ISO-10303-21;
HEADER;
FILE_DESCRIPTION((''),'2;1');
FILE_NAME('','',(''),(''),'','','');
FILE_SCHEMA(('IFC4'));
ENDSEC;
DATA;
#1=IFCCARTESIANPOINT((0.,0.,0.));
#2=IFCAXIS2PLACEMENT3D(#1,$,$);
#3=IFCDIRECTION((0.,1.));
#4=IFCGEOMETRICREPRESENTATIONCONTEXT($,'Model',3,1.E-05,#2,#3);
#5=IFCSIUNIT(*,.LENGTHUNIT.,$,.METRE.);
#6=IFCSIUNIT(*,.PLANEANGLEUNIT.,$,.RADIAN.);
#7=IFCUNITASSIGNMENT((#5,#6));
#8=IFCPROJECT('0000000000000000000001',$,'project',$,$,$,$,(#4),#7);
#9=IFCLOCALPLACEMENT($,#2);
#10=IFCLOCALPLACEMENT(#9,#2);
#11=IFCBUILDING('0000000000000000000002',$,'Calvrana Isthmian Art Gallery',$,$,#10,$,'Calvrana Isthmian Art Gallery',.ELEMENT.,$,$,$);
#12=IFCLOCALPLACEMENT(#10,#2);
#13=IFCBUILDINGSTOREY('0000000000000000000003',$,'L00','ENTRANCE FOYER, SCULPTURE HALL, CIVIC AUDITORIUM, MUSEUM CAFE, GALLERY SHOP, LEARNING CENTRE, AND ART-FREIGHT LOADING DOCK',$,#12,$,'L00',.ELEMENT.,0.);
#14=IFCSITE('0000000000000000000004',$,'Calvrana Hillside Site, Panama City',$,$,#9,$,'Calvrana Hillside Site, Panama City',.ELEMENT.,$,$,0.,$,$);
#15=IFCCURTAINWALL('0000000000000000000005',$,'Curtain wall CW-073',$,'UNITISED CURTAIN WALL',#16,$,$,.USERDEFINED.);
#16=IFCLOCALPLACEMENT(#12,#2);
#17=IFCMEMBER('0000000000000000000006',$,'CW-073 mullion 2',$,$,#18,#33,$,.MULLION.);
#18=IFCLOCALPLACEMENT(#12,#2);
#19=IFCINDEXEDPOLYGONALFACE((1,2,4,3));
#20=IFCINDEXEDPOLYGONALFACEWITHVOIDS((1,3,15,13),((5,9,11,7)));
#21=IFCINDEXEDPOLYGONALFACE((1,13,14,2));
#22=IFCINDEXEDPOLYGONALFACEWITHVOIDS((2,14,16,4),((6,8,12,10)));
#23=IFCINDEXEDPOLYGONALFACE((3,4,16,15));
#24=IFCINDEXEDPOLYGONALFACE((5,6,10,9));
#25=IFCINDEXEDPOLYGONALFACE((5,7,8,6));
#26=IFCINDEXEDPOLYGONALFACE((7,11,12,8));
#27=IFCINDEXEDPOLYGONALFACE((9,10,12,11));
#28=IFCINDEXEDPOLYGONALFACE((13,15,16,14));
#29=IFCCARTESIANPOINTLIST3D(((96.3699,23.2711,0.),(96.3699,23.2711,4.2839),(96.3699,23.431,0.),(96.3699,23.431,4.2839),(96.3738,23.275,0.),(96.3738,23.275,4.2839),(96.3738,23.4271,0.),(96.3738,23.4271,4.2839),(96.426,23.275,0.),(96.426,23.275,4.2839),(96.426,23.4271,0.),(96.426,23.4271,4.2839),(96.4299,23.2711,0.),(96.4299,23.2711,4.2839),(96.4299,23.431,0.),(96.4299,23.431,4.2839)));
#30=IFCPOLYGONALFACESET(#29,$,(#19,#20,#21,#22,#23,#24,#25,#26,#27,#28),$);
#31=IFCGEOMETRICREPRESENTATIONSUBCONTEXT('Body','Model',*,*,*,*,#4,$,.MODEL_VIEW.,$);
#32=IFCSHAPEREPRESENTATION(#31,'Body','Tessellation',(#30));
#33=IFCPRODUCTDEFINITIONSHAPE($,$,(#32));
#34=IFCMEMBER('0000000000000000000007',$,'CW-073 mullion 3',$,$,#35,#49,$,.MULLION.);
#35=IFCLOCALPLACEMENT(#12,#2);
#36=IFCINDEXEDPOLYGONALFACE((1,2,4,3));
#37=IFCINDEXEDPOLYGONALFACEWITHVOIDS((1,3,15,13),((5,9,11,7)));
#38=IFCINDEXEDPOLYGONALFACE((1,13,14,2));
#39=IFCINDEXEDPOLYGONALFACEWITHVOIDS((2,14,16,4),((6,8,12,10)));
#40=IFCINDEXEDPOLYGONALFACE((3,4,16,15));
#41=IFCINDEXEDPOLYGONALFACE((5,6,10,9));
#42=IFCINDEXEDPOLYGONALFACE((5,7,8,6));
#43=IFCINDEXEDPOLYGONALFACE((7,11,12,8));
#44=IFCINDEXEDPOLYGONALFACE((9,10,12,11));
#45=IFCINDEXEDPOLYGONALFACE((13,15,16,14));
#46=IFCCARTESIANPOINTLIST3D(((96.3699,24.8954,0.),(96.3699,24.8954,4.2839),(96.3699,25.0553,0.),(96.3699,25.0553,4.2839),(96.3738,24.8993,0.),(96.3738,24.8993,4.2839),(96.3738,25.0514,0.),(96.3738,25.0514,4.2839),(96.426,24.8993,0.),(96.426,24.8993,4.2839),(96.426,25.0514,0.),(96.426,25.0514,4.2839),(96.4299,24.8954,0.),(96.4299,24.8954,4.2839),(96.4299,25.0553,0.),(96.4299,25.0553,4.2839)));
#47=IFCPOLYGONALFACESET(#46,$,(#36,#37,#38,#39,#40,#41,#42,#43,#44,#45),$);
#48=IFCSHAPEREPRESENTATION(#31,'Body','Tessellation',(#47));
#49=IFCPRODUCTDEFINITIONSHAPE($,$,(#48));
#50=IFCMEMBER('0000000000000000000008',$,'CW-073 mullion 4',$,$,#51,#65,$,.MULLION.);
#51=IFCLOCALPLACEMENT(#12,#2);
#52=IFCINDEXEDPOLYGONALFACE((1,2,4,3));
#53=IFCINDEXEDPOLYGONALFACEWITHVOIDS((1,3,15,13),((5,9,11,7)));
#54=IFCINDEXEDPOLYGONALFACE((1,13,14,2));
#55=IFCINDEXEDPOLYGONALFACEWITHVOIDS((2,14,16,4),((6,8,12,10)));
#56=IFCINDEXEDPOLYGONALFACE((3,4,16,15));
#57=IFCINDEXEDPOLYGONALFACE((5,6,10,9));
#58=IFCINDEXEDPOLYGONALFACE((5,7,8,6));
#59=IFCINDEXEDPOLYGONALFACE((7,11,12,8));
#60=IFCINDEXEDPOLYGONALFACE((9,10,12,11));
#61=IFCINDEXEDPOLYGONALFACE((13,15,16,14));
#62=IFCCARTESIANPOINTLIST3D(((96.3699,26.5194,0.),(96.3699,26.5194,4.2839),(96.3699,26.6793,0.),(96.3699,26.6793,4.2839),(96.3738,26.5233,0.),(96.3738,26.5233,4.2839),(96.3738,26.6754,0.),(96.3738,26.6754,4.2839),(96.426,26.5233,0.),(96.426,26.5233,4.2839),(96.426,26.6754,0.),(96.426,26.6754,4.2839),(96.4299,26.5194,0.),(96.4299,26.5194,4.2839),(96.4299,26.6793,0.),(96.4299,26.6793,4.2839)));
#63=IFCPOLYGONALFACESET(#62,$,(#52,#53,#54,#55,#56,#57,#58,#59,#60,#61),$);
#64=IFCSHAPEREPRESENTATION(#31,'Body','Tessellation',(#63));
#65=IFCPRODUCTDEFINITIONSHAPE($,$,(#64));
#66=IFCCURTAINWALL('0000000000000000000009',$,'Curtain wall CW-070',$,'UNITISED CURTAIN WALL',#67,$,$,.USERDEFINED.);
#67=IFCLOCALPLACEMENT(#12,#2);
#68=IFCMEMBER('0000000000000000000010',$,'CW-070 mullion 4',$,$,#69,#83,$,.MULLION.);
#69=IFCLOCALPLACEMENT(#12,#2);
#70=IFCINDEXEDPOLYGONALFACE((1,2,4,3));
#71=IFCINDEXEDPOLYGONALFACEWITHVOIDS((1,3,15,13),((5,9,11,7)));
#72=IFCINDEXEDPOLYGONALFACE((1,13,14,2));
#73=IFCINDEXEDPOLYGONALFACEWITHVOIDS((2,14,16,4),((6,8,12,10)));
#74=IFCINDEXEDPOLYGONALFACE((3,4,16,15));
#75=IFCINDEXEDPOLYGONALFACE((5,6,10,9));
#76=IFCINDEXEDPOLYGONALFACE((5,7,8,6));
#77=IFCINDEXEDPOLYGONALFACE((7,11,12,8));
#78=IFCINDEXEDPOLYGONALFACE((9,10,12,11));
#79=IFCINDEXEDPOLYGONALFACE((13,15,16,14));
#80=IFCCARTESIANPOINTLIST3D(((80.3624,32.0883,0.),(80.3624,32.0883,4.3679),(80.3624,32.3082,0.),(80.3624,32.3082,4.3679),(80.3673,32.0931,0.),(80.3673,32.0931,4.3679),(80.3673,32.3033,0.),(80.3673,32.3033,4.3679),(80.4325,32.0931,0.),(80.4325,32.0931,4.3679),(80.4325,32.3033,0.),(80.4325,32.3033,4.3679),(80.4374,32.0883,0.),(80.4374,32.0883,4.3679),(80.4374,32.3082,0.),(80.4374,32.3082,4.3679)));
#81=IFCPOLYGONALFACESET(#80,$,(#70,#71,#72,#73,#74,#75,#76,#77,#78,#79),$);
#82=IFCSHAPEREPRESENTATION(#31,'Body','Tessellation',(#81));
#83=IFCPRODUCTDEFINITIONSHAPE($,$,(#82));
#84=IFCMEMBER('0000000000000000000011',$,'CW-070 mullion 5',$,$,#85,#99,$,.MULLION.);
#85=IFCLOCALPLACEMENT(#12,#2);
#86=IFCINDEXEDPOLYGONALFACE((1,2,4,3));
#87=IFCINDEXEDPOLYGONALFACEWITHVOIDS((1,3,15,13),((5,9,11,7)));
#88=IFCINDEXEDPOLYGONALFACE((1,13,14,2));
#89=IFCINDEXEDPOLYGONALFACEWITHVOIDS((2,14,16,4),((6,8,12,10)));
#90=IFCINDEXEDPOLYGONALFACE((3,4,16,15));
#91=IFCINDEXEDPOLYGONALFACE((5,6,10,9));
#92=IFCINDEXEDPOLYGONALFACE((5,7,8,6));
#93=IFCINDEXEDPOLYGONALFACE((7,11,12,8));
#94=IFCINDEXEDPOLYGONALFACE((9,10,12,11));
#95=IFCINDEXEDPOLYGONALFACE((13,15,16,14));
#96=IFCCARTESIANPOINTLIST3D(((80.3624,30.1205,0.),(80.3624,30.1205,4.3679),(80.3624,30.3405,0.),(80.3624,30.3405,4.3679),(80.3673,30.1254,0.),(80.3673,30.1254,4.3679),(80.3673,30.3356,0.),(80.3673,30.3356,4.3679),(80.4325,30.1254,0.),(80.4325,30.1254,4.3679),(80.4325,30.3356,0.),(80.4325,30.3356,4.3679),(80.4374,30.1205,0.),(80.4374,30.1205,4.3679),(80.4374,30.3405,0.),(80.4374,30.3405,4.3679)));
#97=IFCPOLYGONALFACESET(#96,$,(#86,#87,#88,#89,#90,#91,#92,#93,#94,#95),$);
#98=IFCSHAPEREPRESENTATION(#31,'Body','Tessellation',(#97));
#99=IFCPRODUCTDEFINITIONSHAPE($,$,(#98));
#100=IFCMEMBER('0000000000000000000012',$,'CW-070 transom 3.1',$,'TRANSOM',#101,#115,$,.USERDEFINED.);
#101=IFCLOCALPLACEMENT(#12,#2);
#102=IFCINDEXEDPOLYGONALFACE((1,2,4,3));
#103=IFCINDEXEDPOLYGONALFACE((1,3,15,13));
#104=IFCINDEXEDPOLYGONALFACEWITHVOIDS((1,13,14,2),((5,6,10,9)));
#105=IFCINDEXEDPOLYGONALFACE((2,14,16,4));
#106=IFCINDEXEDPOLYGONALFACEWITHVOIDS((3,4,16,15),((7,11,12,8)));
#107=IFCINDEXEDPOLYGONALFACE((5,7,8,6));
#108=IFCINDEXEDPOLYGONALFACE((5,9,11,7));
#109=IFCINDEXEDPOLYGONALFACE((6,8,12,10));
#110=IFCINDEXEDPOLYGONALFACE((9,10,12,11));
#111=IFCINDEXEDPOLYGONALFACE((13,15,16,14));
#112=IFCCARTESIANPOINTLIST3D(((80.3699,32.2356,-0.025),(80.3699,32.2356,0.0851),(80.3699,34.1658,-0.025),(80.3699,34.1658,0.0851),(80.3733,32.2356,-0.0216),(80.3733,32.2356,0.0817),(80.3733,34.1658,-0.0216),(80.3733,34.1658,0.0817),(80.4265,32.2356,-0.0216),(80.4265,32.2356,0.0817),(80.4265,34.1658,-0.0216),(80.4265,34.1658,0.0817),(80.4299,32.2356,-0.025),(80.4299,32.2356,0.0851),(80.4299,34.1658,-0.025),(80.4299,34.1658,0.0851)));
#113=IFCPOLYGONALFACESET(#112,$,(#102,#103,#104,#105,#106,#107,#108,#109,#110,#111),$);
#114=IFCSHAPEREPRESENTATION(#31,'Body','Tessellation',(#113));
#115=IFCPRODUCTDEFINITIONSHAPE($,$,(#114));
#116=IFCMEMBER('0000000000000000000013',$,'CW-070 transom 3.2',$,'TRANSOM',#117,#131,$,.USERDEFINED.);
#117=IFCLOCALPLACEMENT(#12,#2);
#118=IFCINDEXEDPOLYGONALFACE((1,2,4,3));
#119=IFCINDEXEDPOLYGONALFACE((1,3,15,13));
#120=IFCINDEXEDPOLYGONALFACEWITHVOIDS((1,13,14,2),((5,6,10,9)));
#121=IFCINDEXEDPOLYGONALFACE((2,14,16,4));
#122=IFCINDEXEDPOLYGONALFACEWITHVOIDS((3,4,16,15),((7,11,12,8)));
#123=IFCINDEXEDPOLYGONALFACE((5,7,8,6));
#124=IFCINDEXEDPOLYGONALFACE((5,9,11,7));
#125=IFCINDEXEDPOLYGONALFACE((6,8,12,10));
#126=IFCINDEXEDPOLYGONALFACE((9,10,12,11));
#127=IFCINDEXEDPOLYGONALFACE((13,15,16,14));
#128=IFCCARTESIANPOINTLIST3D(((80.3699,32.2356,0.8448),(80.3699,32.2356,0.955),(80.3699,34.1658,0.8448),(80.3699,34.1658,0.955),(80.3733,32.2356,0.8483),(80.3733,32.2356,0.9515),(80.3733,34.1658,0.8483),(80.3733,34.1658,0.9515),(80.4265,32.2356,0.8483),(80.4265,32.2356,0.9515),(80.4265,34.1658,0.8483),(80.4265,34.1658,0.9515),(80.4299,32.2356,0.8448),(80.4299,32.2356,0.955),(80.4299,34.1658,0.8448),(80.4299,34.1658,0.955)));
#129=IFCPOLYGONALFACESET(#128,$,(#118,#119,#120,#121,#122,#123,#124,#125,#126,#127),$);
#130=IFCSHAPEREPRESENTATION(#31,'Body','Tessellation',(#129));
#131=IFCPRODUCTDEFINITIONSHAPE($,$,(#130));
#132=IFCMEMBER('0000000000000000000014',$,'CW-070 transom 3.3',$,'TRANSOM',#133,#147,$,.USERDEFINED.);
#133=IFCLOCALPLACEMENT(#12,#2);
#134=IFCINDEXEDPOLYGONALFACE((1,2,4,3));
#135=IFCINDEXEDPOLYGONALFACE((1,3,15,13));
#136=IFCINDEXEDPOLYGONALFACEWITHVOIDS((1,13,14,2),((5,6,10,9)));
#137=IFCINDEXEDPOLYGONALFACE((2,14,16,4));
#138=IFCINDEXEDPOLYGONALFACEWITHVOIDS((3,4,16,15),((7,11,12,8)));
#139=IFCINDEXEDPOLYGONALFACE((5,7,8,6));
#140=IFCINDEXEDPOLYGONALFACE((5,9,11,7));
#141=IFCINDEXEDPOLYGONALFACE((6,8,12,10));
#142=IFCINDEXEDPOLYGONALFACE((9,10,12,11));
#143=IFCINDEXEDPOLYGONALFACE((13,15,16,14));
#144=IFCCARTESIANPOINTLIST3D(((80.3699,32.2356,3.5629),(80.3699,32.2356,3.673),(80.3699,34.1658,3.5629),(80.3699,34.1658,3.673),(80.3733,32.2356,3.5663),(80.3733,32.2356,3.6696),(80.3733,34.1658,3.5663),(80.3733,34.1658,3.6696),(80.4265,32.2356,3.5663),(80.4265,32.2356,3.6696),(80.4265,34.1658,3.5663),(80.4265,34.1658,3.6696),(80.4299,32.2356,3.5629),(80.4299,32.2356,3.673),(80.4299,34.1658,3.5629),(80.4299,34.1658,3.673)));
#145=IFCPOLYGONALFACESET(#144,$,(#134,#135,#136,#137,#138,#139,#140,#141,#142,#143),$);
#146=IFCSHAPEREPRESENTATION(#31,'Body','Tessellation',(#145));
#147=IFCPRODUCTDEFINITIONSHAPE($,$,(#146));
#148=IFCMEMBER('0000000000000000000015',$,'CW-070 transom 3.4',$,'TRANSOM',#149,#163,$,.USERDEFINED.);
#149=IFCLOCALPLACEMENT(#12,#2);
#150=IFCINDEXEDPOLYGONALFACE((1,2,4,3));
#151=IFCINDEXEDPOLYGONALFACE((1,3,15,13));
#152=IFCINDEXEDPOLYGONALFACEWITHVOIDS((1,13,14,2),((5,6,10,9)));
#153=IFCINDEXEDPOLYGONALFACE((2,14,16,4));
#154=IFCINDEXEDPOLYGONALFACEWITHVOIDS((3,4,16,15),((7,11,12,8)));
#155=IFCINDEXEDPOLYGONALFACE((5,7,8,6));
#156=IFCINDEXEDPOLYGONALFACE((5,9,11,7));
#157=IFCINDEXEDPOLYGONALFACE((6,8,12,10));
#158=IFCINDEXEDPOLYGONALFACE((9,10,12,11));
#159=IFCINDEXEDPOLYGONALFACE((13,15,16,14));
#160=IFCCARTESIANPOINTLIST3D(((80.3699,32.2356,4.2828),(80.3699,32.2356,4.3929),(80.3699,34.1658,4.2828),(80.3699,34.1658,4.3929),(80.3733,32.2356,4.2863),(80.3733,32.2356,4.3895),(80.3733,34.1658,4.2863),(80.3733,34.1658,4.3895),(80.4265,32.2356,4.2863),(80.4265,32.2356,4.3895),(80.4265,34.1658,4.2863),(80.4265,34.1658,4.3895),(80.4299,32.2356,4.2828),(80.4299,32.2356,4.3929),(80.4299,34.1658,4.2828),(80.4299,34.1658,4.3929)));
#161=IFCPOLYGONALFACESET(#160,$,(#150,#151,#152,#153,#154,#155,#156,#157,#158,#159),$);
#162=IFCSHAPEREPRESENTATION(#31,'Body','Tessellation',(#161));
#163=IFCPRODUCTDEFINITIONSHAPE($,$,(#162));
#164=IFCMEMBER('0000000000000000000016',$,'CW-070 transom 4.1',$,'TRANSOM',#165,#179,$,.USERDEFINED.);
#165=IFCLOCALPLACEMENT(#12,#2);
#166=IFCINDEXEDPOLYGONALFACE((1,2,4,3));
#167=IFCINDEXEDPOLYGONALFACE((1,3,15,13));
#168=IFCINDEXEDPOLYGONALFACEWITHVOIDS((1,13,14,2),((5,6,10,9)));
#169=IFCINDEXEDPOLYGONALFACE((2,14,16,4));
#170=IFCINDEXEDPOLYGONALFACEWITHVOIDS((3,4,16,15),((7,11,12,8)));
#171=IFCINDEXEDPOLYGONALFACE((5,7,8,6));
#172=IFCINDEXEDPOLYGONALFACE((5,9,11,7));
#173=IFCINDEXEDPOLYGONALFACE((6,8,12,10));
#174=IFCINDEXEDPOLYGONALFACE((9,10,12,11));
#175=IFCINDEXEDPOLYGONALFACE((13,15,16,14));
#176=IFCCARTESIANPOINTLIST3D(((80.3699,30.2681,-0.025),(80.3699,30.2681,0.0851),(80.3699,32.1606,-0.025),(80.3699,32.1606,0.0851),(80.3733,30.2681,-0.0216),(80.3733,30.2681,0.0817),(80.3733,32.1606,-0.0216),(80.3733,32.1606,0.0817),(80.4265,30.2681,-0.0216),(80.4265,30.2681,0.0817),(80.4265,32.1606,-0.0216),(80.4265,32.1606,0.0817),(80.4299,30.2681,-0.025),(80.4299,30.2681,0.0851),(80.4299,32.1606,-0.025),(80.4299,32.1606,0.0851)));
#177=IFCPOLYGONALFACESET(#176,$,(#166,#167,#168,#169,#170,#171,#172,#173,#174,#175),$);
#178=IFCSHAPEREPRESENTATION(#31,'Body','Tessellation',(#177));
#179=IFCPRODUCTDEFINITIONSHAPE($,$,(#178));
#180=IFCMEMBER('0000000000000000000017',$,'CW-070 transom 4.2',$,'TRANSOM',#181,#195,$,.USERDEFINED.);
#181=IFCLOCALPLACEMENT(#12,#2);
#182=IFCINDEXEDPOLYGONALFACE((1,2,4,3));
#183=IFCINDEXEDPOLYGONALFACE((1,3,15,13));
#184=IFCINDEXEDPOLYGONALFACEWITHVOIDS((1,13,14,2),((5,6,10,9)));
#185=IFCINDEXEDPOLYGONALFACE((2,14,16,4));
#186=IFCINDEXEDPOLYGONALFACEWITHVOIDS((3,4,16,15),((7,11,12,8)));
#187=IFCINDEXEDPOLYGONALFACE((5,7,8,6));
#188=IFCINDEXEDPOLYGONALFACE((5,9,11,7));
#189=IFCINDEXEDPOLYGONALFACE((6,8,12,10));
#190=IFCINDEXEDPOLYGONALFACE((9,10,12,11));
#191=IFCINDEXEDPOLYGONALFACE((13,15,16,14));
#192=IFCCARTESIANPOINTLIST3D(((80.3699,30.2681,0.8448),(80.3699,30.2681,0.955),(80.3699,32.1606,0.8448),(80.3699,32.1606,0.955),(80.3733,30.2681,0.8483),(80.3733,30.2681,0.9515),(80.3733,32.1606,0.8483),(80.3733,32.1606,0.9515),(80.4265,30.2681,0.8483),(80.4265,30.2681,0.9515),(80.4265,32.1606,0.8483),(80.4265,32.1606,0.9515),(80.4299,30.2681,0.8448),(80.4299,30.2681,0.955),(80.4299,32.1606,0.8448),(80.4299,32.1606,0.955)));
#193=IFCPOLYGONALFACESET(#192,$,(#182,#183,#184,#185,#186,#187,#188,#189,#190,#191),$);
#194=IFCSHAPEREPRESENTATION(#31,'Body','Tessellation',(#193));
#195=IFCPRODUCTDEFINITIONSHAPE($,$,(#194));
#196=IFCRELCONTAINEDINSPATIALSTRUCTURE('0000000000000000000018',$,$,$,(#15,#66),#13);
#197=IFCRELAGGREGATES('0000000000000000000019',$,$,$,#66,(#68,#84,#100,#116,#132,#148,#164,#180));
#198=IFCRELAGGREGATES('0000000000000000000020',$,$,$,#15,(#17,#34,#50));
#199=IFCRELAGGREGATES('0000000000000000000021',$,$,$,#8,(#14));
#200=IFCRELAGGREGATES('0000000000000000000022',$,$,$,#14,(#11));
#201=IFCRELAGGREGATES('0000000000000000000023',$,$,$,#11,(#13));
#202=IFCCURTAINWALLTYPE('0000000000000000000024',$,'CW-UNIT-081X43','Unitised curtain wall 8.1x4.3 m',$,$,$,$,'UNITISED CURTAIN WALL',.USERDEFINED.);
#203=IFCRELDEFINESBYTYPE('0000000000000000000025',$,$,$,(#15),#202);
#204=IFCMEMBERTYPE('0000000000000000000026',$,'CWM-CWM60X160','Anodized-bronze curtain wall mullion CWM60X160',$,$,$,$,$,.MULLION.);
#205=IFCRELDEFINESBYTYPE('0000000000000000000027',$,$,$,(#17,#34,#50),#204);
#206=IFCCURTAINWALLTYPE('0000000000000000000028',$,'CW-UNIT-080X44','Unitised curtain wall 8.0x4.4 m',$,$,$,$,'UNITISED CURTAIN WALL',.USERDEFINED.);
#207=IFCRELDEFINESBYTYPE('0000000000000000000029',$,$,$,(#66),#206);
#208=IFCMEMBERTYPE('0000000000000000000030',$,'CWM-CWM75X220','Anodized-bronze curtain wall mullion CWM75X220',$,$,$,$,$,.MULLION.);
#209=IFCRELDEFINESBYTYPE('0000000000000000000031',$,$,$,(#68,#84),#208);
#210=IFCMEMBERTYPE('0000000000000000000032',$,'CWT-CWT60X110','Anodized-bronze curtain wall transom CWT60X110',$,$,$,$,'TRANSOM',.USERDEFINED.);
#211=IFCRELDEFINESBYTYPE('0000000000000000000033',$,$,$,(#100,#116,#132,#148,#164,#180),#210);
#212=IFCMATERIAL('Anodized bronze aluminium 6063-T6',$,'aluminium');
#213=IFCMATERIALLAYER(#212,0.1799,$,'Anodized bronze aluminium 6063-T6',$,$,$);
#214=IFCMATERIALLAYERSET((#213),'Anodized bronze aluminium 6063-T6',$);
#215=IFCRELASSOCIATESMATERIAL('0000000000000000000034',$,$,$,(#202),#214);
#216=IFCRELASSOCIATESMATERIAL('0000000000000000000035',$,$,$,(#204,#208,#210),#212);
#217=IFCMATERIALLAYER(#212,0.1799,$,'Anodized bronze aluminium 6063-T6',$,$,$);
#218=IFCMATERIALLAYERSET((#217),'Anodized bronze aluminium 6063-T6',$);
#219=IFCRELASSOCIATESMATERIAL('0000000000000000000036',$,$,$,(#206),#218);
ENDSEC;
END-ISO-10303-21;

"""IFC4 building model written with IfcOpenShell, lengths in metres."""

from ifc_helpers import new_model, si_unit, direction, frame, origin, origin_2d, place, context, subcontext, project, spatial, hollow_rectangle, extrude, material, layer, layer_set, material_profile, profile_set, type_object, element, aggregate, save


model = new_model("IFC4")

# Units and contexts
model_context = context("Model", 3, precision=1e-05, world=origin(), true_north=direction((0.0, 1.0)))
body_context = subcontext(model_context, "Body", "Model", "MODEL_VIEW")
ifc_project = project(units=[si_unit("LENGTHUNIT", "METRE"), si_unit("PLANEANGLEUNIT", "RADIAN")], contexts=[model_context])

# Site, building, storey
site_placement = place(None, origin())
site = spatial("IfcSite", under=ifc_project, at=site_placement, Name="Calvrana Hillside Site, Panama City", LongName="Calvrana Hillside Site, Panama City", CompositionType="ELEMENT", RefElevation=0.0)
building_placement = place(site_placement, origin())
building = spatial("IfcBuilding", under=site, at=building_placement, Name="Calvrana Isthmian Art Gallery", LongName="Calvrana Isthmian Art Gallery", CompositionType="ELEMENT")
storey_placement = place(building_placement, origin())
storey = spatial("IfcBuildingStorey", under=building, at=storey_placement, Name="L00", Description="ENTRANCE FOYER, SCULPTURE HALL, CIVIC AUDITORIUM, MUSEUM CAFE, GALLERY SHOP, LEARNING CENTRE, AND ART-FREIGHT LOADING DOCK", LongName="L00", CompositionType="ELEMENT", Elevation=0.0)

# Curtain walls, members
ifc_material_1 = material(Name="Anodized bronze aluminium 6063-T6", Category="aluminium")
ifc_layer_1 = layer(ifc_material_1, 0.1799, Name="Anodized bronze aluminium 6063-T6")
ifc_layer_set_1 = layer_set([ifc_layer_1], Name="Anodized bronze aluminium 6063-T6")
curtain_wall_type_1 = type_object("IfcCurtainWallType", Name="CW-UNIT-081X43", Description="Unitised curtain wall 8.1x4.3 m", ElementType="UNITISED CURTAIN WALL", PredefinedType="USERDEFINED", material=ifc_layer_set_1)
curtain_wall_1_placement = place(storey_placement, origin())
curtain_wall_1 = element("IfcCurtainWall", 1, at=curtain_wall_1_placement, inside=storey, type_object=curtain_wall_type_1, Name="Curtain wall CW-073", ObjectType="UNITISED CURTAIN WALL", PredefinedType="USERDEFINED")
ifc_material_profile_1 = material_profile(ifc_material_1, hollow_rectangle(XDim=0.0601, YDim=0.1599, WallThickness=0.0039, at=origin_2d()), Name="CWM60X160")
ifc_profile_set_1 = profile_set([ifc_material_profile_1], Name="Anodized bronze aluminium 6063-T6")
member_type_1 = type_object("IfcMemberType", Name="CWM-CWM60X160", Description="Anodized-bronze curtain wall mullion CWM60X160", PredefinedType="MULLION", material=ifc_profile_set_1)
member_1_placement = place(storey_placement, frame((96.3999, 23.3511, 0.0), z_axis=(0.0, 0.0, 1.0), x_axis=(-1.0, 0.0, 0.0)))
member_1 = element("IfcMember", 2, at=member_1_placement, type_object=member_type_1, Name="CW-073 mullion 2", PredefinedType="MULLION", context=body_context, shape_type="SweptSolid", body=[
    extrude(hollow_rectangle(XDim=0.0601, YDim=0.1599, WallThickness=0.0039, at=origin_2d()), origin(), (0.0, 0.0, 1.0), 4.2839),
])
member_2_placement = place(storey_placement, frame((96.3999, 24.9753, 0.0), z_axis=(0.0, 0.0, 1.0), x_axis=(-1.0, 0.0, 0.0)))
member_2 = element("IfcMember", 3, at=member_2_placement, type_object=member_type_1, Name="CW-073 mullion 3", PredefinedType="MULLION", context=body_context, shape_type="SweptSolid", body=[
    extrude(hollow_rectangle(XDim=0.0601, YDim=0.1599, WallThickness=0.0039, at=origin_2d()), origin(), (0.0, 0.0, 1.0), 4.2839),
])
member_3_placement = place(storey_placement, frame((96.3999, 26.5994, 0.0), z_axis=(0.0, 0.0, 1.0), x_axis=(-1.0, 0.0, 0.0)))
member_3 = element("IfcMember", 4, at=member_3_placement, type_object=member_type_1, Name="CW-073 mullion 4", PredefinedType="MULLION", context=body_context, shape_type="SweptSolid", body=[
    extrude(hollow_rectangle(XDim=0.0601, YDim=0.1599, WallThickness=0.0039, at=origin_2d()), origin(), (0.0, 0.0, 1.0), 4.2839),
])
ifc_layer_2 = layer(ifc_material_1, 0.1799, Name="Anodized bronze aluminium 6063-T6")
ifc_layer_set_2 = layer_set([ifc_layer_2], Name="Anodized bronze aluminium 6063-T6")
curtain_wall_type_2 = type_object("IfcCurtainWallType", Name="CW-UNIT-080X44", Description="Unitised curtain wall 8.0x4.4 m", ElementType="UNITISED CURTAIN WALL", PredefinedType="USERDEFINED", material=ifc_layer_set_2)
curtain_wall_2_placement = place(storey_placement, origin())
curtain_wall_2 = element("IfcCurtainWall", 5, at=curtain_wall_2_placement, inside=storey, type_object=curtain_wall_type_2, Name="Curtain wall CW-070", ObjectType="UNITISED CURTAIN WALL", PredefinedType="USERDEFINED")
ifc_material_profile_2 = material_profile(ifc_material_1, hollow_rectangle(XDim=0.075, YDim=0.22, WallThickness=0.0049, at=origin_2d()), Name="CWM75X220")
ifc_profile_set_2 = profile_set([ifc_material_profile_2], Name="Anodized bronze aluminium 6063-T6")
member_type_2 = type_object("IfcMemberType", Name="CWM-CWM75X220", Description="Anodized-bronze curtain wall mullion CWM75X220", PredefinedType="MULLION", material=ifc_profile_set_2)
member_4_placement = place(storey_placement, frame((80.3999, 32.1982, 0.0), z_axis=(0.0, 0.0, 1.0), x_axis=(1.0, 0.0, 0.0)))
member_4 = element("IfcMember", 6, at=member_4_placement, type_object=member_type_2, Name="CW-070 mullion 4", PredefinedType="MULLION", context=body_context, shape_type="SweptSolid", body=[
    extrude(hollow_rectangle(XDim=0.075, YDim=0.22, WallThickness=0.0049, at=origin_2d()), origin(), (0.0, 0.0, 1.0), 4.3679),
])
member_5_placement = place(storey_placement, frame((80.3999, 30.2305, 0.0), z_axis=(0.0, 0.0, 1.0), x_axis=(1.0, 0.0, 0.0)))
member_5 = element("IfcMember", 7, at=member_5_placement, type_object=member_type_2, Name="CW-070 mullion 5", PredefinedType="MULLION", context=body_context, shape_type="SweptSolid", body=[
    extrude(hollow_rectangle(XDim=0.075, YDim=0.22, WallThickness=0.0049, at=origin_2d()), origin(), (0.0, 0.0, 1.0), 4.3679),
])
ifc_material_profile_3 = material_profile(ifc_material_1, hollow_rectangle(XDim=0.0601, YDim=0.1101, WallThickness=0.0034, at=origin_2d()), Name="CWT60X110")
ifc_profile_set_3 = profile_set([ifc_material_profile_3], Name="Anodized bronze aluminium 6063-T6")
member_type_3 = type_object("IfcMemberType", Name="CWT-CWT60X110", Description="Anodized-bronze curtain wall transom CWT60X110", ElementType="TRANSOM", PredefinedType="USERDEFINED", material=ifc_profile_set_3)
member_6_placement = place(storey_placement, frame((80.3999, 34.1658, 0.03), z_axis=(0.0, -1.0, 0.0), x_axis=(1.0, 0.0, 0.0)))
member_6 = element("IfcMember", 8, at=member_6_placement, type_object=member_type_3, Name="CW-070 transom 3.1", ObjectType="TRANSOM", PredefinedType="USERDEFINED", context=body_context, shape_type="SweptSolid", body=[
    extrude(hollow_rectangle(XDim=0.0601, YDim=0.1101, WallThickness=0.0034, at=origin_2d()), origin(), (0.0, 0.0, 1.0), 1.9302),
])
member_7_placement = place(storey_placement, frame((80.3999, 34.1658, 0.8999), z_axis=(0.0, -1.0, 0.0), x_axis=(1.0, 0.0, 0.0)))
member_7 = element("IfcMember", 9, at=member_7_placement, type_object=member_type_3, Name="CW-070 transom 3.2", ObjectType="TRANSOM", PredefinedType="USERDEFINED", context=body_context, shape_type="SweptSolid", body=[
    extrude(hollow_rectangle(XDim=0.0601, YDim=0.1101, WallThickness=0.0034, at=origin_2d()), origin(), (0.0, 0.0, 1.0), 1.9302),
])
member_8_placement = place(storey_placement, frame((80.3999, 34.1658, 3.6179), z_axis=(0.0, -1.0, 0.0), x_axis=(1.0, 0.0, 0.0)))
member_8 = element("IfcMember", 10, at=member_8_placement, type_object=member_type_3, Name="CW-070 transom 3.3", ObjectType="TRANSOM", PredefinedType="USERDEFINED", context=body_context, shape_type="SweptSolid", body=[
    extrude(hollow_rectangle(XDim=0.0601, YDim=0.1101, WallThickness=0.0034, at=origin_2d()), origin(), (0.0, 0.0, 1.0), 1.9302),
])
member_9_placement = place(storey_placement, frame((80.3999, 34.1658, 4.3379), z_axis=(0.0, -1.0, 0.0), x_axis=(1.0, 0.0, 0.0)))
member_9 = element("IfcMember", 11, at=member_9_placement, type_object=member_type_3, Name="CW-070 transom 3.4", ObjectType="TRANSOM", PredefinedType="USERDEFINED", context=body_context, shape_type="SweptSolid", body=[
    extrude(hollow_rectangle(XDim=0.0601, YDim=0.1101, WallThickness=0.0034, at=origin_2d()), origin(), (0.0, 0.0, 1.0), 1.9302),
])
member_10_placement = place(storey_placement, frame((80.3999, 32.1606, 0.03), z_axis=(0.0, -1.0, 0.0), x_axis=(1.0, 0.0, 0.0)))
member_10 = element("IfcMember", 12, at=member_10_placement, type_object=member_type_3, Name="CW-070 transom 4.1", ObjectType="TRANSOM", PredefinedType="USERDEFINED", context=body_context, shape_type="SweptSolid", body=[
    extrude(hollow_rectangle(XDim=0.0601, YDim=0.1101, WallThickness=0.0034, at=origin_2d()), origin(), (0.0, 0.0, 1.0), 1.8926),
])
member_11_placement = place(storey_placement, frame((80.3999, 32.1606, 0.8999), z_axis=(0.0, -1.0, 0.0), x_axis=(1.0, 0.0, 0.0)))
member_11 = element("IfcMember", 13, at=member_11_placement, type_object=member_type_3, Name="CW-070 transom 4.2", ObjectType="TRANSOM", PredefinedType="USERDEFINED", context=body_context, shape_type="SweptSolid", body=[
    extrude(hollow_rectangle(XDim=0.0601, YDim=0.1101, WallThickness=0.0034, at=origin_2d()), origin(), (0.0, 0.0, 1.0), 1.8926),
])

aggregate(curtain_wall_2, [member_4, member_5, member_6, member_7, member_8, member_9, member_10, member_11])
aggregate(curtain_wall_1, [member_1, member_2, member_3])

save(model, "model.ifc")
